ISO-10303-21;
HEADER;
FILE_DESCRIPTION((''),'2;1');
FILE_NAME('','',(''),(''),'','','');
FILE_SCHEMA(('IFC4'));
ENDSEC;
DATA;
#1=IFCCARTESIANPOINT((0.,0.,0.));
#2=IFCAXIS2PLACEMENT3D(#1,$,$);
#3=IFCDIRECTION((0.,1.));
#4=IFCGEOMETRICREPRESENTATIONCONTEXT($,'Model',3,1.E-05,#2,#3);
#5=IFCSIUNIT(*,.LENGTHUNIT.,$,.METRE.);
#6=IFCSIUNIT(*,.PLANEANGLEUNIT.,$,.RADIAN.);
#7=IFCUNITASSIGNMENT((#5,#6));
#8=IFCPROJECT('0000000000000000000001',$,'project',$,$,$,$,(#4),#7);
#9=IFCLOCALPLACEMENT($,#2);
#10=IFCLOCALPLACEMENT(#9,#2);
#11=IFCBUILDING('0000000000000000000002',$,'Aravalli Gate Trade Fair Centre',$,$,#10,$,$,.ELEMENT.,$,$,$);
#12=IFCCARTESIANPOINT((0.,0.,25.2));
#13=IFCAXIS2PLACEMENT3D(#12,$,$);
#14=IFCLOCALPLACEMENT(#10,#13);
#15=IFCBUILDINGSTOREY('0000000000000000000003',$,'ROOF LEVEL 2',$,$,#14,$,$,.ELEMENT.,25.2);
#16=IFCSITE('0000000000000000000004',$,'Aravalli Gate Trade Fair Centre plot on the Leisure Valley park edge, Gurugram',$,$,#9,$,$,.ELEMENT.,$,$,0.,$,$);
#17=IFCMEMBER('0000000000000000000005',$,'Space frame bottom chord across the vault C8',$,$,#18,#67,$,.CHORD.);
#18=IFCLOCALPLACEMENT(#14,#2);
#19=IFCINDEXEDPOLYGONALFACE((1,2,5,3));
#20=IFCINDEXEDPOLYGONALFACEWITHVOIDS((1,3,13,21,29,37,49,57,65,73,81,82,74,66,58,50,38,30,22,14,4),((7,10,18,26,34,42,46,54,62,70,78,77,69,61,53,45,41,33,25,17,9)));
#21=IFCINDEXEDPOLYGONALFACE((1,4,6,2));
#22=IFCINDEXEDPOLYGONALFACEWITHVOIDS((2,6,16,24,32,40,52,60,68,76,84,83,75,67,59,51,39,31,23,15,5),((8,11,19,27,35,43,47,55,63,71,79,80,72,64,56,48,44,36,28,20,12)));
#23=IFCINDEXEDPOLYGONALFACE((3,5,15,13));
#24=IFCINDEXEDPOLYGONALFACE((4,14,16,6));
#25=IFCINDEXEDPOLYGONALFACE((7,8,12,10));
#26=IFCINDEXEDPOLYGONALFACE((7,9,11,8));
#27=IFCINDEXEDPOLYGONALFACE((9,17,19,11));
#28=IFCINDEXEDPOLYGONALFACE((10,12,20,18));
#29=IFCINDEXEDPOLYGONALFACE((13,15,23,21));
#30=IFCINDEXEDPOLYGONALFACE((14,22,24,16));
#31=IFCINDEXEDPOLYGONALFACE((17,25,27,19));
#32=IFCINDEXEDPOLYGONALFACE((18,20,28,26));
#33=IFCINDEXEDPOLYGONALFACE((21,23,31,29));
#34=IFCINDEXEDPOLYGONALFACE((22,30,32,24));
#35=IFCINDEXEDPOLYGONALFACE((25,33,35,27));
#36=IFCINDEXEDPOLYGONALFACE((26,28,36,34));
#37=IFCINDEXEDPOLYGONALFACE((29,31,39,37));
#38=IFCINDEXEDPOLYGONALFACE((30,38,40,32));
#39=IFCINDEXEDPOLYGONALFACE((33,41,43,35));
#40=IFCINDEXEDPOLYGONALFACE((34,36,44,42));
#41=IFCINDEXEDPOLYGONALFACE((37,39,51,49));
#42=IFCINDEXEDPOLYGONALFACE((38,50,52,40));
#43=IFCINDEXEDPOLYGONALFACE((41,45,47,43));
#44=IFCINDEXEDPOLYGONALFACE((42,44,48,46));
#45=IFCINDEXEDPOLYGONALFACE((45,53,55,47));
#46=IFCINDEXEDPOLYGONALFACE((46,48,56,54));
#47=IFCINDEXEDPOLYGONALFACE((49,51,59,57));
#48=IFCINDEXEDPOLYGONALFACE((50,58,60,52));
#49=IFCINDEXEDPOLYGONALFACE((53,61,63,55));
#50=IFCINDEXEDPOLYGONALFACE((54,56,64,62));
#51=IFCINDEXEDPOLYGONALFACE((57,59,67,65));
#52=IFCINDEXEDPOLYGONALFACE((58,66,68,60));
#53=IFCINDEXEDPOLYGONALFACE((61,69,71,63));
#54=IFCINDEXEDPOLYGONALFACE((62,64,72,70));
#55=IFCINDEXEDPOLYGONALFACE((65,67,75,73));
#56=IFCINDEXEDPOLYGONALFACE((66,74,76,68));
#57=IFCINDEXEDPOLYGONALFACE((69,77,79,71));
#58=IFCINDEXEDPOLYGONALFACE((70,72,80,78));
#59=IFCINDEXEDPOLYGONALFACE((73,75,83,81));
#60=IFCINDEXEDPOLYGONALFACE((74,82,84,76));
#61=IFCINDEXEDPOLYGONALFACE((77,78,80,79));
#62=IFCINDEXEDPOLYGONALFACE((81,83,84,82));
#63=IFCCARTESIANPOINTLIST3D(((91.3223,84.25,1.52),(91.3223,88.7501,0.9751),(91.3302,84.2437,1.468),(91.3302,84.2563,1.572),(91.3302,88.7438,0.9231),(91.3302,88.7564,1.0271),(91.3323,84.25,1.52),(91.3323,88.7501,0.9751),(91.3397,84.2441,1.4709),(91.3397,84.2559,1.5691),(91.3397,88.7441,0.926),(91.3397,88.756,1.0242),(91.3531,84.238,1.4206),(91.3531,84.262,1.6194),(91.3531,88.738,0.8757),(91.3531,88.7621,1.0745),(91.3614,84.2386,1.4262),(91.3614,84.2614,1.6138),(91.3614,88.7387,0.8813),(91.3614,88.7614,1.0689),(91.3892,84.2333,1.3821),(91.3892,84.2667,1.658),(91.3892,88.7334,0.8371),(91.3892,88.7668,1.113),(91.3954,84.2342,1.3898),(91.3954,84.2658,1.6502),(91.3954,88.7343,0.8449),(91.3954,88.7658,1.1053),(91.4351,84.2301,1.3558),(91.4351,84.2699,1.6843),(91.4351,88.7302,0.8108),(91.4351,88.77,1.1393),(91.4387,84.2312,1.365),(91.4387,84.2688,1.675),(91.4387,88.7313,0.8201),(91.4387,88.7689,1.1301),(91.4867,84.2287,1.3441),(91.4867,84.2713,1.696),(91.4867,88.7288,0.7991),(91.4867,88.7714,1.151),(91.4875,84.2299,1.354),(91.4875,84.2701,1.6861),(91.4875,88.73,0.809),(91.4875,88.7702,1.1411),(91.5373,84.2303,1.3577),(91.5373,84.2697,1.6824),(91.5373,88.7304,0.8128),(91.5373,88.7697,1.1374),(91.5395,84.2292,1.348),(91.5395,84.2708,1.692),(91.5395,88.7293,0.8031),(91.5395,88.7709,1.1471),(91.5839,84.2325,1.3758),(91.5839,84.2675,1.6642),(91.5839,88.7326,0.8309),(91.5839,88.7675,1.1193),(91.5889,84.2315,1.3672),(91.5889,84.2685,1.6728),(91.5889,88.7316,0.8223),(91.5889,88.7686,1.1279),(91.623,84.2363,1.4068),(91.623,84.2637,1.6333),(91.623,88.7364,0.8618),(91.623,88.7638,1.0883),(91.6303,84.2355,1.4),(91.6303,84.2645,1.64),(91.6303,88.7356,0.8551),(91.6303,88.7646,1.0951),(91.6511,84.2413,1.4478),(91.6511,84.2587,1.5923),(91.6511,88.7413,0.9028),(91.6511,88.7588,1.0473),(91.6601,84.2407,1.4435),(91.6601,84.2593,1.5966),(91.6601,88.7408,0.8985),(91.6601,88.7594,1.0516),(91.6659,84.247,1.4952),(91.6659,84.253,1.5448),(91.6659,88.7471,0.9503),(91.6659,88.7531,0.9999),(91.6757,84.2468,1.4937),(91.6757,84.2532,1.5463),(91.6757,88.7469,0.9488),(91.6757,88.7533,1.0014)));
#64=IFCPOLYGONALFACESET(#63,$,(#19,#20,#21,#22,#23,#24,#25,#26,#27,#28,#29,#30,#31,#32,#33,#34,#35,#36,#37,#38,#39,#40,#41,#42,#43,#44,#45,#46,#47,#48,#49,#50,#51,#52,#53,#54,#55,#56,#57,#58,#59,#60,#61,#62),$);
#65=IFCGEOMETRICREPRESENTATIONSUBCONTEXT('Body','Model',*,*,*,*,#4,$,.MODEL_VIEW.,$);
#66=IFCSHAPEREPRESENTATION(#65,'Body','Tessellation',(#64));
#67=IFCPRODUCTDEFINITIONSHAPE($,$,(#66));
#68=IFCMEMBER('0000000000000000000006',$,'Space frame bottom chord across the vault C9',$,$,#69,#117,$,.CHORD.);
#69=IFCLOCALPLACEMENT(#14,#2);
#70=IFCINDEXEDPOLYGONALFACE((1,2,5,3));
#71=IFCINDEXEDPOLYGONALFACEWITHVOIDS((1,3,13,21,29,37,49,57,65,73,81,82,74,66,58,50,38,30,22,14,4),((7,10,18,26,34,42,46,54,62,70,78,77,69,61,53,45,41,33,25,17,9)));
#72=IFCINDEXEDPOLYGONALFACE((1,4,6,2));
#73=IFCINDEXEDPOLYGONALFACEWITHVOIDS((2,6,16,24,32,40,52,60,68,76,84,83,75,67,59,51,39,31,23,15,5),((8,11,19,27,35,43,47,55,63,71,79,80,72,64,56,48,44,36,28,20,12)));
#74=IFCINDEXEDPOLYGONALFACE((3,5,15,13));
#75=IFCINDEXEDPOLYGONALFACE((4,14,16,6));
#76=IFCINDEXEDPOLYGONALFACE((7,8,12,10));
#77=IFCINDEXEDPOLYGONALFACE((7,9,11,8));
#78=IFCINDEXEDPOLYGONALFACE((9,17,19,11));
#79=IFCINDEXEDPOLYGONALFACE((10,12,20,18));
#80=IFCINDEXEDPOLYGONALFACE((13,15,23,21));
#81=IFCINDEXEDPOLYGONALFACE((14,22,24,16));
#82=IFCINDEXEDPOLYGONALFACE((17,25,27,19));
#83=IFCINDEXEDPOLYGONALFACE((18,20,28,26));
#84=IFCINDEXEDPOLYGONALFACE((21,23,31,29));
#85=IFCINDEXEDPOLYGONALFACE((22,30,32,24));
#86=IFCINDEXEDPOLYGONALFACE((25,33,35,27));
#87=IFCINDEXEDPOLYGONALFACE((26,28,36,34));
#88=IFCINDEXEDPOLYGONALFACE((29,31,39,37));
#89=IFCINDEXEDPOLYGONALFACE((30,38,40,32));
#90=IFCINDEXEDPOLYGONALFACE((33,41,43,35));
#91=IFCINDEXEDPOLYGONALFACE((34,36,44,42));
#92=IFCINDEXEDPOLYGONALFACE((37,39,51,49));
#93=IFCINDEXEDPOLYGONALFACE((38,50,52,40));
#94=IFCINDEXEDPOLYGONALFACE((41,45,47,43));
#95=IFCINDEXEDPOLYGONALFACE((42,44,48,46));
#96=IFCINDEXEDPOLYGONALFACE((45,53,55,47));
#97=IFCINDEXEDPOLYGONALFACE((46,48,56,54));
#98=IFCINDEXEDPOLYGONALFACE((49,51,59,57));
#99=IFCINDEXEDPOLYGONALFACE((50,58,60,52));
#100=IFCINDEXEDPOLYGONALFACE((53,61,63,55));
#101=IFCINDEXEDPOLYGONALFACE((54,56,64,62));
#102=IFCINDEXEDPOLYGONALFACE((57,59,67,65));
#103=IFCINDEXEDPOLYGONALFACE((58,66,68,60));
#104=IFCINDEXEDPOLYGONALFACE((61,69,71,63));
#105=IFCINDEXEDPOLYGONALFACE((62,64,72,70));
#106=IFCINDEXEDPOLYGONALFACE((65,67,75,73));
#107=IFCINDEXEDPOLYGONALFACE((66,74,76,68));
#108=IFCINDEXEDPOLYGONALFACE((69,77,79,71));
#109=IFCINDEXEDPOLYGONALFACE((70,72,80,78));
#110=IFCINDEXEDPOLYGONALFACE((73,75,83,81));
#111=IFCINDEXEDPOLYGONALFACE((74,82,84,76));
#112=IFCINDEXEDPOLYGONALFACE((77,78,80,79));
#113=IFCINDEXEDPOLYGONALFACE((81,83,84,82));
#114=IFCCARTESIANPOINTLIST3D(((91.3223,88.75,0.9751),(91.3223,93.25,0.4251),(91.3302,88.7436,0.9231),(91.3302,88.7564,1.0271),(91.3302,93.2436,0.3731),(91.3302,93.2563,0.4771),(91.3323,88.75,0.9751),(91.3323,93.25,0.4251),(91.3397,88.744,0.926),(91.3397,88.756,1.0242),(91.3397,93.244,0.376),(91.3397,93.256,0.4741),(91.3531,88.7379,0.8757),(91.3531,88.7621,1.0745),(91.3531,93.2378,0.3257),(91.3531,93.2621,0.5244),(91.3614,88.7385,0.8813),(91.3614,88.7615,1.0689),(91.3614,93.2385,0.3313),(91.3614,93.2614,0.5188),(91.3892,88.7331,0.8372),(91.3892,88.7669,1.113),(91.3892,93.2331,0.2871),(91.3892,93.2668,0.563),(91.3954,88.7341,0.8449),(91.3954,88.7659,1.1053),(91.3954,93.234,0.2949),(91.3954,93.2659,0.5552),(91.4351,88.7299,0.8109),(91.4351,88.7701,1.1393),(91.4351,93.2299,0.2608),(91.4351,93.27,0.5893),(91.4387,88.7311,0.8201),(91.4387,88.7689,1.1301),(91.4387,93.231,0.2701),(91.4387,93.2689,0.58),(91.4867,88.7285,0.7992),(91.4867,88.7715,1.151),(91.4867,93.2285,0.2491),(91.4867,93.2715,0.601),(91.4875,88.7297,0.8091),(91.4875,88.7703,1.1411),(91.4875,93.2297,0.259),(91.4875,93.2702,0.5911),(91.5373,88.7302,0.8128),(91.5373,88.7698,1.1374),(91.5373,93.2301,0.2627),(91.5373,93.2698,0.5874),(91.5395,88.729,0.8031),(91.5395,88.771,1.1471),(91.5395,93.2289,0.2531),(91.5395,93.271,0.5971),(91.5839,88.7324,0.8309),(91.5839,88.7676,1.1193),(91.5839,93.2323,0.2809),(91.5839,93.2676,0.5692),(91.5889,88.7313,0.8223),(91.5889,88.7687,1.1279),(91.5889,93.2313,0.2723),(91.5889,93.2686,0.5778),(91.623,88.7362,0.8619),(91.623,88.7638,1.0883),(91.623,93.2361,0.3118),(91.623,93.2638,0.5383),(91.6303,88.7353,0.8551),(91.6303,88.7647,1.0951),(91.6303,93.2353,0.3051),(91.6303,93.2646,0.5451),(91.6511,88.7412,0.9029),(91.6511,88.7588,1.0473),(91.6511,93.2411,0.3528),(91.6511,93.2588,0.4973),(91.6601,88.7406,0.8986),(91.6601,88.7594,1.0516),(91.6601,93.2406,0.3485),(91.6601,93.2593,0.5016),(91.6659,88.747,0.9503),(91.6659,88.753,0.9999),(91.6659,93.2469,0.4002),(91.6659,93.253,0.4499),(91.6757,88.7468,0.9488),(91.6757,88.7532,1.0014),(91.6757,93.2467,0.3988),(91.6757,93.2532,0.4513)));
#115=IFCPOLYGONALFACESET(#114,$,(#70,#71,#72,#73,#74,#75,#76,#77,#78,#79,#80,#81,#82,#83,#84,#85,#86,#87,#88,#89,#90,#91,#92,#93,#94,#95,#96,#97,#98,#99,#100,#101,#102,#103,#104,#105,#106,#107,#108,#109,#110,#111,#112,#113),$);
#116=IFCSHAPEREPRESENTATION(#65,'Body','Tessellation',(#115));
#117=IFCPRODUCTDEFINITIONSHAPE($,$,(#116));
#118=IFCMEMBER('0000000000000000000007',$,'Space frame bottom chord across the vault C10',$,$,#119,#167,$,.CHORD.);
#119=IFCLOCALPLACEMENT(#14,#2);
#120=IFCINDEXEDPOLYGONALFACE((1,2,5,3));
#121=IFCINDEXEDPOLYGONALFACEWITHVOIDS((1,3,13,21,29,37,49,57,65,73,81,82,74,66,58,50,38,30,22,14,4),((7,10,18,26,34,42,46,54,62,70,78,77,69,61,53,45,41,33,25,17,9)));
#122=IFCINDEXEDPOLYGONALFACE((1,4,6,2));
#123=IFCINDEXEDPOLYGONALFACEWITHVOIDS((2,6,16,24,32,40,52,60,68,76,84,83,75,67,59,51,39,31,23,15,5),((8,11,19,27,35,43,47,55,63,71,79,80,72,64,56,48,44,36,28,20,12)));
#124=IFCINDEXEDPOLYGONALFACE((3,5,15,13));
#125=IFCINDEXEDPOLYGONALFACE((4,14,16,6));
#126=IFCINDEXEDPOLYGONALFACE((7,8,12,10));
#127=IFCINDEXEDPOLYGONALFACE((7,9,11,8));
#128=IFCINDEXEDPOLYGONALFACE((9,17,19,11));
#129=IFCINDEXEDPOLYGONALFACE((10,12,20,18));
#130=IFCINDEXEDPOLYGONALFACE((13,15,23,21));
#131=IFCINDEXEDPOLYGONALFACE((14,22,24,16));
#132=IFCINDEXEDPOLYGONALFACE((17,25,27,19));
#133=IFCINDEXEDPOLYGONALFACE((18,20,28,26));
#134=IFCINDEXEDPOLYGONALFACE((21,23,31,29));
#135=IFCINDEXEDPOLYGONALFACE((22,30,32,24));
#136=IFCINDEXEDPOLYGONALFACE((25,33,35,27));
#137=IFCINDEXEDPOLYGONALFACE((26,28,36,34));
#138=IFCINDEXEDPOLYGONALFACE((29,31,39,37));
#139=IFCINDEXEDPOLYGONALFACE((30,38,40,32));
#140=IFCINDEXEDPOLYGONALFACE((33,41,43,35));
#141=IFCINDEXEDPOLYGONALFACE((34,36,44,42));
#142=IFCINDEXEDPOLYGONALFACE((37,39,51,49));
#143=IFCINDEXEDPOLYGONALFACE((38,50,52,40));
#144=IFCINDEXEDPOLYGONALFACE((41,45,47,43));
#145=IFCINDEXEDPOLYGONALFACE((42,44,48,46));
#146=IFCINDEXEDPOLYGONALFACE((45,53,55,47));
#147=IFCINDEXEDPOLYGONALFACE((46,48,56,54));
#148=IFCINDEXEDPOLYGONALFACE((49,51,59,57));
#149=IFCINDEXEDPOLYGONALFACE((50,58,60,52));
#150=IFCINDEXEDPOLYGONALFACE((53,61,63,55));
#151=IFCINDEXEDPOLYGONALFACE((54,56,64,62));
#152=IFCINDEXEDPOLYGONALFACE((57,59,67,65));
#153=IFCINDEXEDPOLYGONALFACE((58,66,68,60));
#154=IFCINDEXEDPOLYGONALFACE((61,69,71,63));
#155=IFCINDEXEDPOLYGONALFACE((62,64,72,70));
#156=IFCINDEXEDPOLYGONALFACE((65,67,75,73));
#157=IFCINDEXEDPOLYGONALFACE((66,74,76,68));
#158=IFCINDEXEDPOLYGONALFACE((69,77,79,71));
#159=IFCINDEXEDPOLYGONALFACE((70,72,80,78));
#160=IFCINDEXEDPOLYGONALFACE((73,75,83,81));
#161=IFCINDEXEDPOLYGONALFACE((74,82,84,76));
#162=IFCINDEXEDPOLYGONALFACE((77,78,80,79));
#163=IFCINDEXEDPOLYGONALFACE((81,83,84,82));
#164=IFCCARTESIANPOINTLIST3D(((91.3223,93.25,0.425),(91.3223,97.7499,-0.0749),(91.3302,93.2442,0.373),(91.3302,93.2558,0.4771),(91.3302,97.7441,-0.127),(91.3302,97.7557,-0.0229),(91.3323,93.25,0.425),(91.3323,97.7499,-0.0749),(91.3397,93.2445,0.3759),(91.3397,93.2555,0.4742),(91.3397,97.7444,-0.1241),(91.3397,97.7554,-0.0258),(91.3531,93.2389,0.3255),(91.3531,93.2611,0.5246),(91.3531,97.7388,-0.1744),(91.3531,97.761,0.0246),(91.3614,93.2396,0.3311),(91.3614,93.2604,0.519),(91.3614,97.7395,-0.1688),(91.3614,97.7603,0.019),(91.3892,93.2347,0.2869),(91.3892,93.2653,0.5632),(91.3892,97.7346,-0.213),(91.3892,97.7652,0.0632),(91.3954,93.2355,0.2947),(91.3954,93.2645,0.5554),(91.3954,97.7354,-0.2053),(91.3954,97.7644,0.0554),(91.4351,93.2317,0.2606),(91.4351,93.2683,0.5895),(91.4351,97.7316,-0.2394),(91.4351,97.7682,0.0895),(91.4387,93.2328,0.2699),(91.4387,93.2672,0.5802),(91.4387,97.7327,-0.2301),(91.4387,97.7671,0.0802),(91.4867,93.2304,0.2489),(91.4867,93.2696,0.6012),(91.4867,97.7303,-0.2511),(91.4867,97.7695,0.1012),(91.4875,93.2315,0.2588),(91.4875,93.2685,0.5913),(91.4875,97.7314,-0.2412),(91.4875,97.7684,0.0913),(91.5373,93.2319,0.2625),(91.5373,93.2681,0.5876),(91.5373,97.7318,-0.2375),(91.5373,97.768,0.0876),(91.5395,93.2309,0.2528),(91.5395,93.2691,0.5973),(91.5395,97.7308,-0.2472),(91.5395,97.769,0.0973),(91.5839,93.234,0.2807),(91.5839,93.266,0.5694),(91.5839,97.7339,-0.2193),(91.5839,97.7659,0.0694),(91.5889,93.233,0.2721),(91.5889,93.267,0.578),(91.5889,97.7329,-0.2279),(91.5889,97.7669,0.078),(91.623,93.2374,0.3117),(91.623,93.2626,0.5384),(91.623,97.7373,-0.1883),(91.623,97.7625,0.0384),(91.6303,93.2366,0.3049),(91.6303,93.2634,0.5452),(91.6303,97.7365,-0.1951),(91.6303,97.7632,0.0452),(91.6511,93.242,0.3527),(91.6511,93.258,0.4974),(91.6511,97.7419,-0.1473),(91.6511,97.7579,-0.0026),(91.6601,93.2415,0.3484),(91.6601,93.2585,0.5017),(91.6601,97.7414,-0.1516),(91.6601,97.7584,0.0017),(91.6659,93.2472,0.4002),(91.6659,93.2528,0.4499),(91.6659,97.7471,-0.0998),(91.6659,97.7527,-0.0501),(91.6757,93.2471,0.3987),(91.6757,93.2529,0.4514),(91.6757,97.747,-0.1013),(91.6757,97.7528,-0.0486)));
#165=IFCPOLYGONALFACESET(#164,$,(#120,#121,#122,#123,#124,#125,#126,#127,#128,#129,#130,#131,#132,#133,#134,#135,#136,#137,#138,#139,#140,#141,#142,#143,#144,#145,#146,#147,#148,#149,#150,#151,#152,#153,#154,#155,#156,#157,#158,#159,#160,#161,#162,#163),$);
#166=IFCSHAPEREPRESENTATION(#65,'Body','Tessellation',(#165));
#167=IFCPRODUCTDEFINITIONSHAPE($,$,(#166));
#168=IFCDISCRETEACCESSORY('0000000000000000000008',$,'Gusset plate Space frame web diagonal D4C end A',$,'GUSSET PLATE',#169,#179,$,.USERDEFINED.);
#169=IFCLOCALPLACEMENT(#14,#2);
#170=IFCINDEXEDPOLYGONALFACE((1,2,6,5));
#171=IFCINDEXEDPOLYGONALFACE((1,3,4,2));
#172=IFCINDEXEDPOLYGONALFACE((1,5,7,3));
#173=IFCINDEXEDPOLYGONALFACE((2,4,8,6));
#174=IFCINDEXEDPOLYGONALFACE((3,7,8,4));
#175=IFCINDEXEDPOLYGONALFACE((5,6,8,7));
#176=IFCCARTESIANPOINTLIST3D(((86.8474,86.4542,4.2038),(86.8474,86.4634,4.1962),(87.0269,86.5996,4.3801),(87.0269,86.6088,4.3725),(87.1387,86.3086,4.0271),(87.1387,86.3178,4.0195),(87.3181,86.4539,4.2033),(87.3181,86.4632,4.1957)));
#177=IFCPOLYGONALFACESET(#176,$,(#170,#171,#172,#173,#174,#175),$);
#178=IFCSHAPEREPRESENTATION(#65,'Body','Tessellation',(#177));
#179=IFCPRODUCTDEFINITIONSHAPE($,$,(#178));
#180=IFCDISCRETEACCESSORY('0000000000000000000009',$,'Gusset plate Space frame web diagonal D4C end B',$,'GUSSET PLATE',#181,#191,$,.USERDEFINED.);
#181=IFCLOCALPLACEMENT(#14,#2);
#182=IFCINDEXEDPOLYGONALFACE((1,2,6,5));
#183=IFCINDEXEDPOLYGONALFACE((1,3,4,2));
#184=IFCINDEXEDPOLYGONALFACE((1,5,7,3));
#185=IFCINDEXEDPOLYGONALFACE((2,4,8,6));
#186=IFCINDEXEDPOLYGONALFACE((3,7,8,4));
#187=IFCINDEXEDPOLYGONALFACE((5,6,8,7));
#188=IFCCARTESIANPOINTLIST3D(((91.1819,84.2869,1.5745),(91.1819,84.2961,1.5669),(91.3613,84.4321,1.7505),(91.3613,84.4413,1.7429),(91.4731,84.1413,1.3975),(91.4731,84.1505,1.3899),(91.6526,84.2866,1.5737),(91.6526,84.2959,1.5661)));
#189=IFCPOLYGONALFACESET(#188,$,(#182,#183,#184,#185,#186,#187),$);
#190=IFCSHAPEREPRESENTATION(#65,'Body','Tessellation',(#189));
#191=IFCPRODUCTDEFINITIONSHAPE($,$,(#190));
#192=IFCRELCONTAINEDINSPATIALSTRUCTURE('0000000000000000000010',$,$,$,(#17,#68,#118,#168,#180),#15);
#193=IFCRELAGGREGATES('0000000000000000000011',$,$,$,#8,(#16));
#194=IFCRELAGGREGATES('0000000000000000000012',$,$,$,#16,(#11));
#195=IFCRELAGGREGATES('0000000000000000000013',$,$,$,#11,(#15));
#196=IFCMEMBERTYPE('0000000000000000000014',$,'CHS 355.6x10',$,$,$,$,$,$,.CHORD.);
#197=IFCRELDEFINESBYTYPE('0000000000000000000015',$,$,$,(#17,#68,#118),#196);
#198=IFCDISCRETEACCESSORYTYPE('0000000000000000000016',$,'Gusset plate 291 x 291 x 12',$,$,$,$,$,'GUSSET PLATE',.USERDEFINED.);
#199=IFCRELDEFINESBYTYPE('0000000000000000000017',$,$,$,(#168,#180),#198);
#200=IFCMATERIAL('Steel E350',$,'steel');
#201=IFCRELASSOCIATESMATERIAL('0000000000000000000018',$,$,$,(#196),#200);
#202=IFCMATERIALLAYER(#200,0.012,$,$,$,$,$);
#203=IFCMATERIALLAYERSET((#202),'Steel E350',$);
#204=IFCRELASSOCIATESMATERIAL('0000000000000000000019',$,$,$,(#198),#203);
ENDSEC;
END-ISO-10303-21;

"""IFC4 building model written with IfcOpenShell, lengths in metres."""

from ifc_helpers import new_model, si_unit, direction, frame, origin, origin_2d, place, context, subcontext, project, spatial, polyline, hollow_circle, outline, extrude, material, layer, layer_set, material_profile, profile_set, type_object, element, save


model = new_model("IFC4")

# Units and contexts
model_context = context("Model", 3, precision=1e-05, world=origin(), true_north=direction((0.0, 1.0)))
body_context = subcontext(model_context, "Body", "Model", "MODEL_VIEW")
ifc_project = project(units=[si_unit("LENGTHUNIT", "METRE"), si_unit("PLANEANGLEUNIT", "RADIAN")], contexts=[model_context])

# Site, building, storey
site_placement = place(None, origin())
site = spatial("IfcSite", under=ifc_project, at=site_placement, Name="Aravalli Gate Trade Fair Centre plot on the Leisure Valley park edge, Gurugram", CompositionType="ELEMENT", RefElevation=0.0)
building_placement = place(site_placement, origin())
building = spatial("IfcBuilding", under=site, at=building_placement, Name="Aravalli Gate Trade Fair Centre", CompositionType="ELEMENT")
storey_placement = place(building_placement, frame((0.0, 0.0, 25.2)))
storey = spatial("IfcBuildingStorey", under=building, at=storey_placement, Name="ROOF LEVEL 2", CompositionType="ELEMENT", Elevation=25.2)

# Members
ifc_material = material(Name="Steel E350", Category="steel")
ifc_material_profile_1 = material_profile(ifc_material, hollow_circle(Radius=0.1777, WallThickness=0.01, at=origin_2d()), Name="CHS 355.6x10")
ifc_profile_set_1 = profile_set([ifc_material_profile_1], Name="Steel E350")
member_type_1 = type_object("IfcMemberType", Name="CHS 355.6x10", PredefinedType="CHORD", material=ifc_profile_set_1)
member_1_placement = place(storey_placement, frame((91.5, 84.25, 1.52), z_axis=(0.0, 0.992748, -0.120216), x_axis=(-1.0, 0.0, 0.0)))
element("IfcMember", 1, at=member_1_placement, inside=storey, type_object=member_type_1, Name="Space frame bottom chord across the vault C8", PredefinedType="CHORD", context=body_context, shape_type="SweptSolid", body=[
    extrude(hollow_circle(Radius=0.1777, WallThickness=0.01, at=origin_2d()), origin(), (0.0, 0.0, 1.0), 4.533),
])
member_2_placement = place(storey_placement, frame((91.5, 88.75, 0.9751), z_axis=(0.0, 0.992612, -0.12133), x_axis=(-1.0, 0.0, 0.0)))
element("IfcMember", 2, at=member_2_placement, inside=storey, type_object=member_type_1, Name="Space frame bottom chord across the vault C9", PredefinedType="CHORD", context=body_context, shape_type="SweptSolid", body=[
    extrude(hollow_circle(Radius=0.1777, WallThickness=0.01, at=origin_2d()), origin(), (0.0, 0.0, 1.0), 4.5334),
])
member_3_placement = place(storey_placement, frame((91.5, 93.25, 0.425), z_axis=(0.0, 0.993884, -0.110432), x_axis=(-1.0, 0.0, 0.0)))
element("IfcMember", 3, at=member_3_placement, inside=storey, type_object=member_type_1, Name="Space frame bottom chord across the vault C10", PredefinedType="CHORD", context=body_context, shape_type="SweptSolid", body=[
    extrude(hollow_circle(Radius=0.1777, WallThickness=0.01, at=origin_2d()), origin(), (0.0, 0.0, 1.0), 4.5276),
])

# Discrete accessories
ifc_layer = layer(ifc_material, 0.012)
ifc_layer_set = layer_set([ifc_layer], Name="Steel E350")
discrete_accessory_type = type_object("IfcDiscreteAccessoryType", Name="Gusset plate 291 x 291 x 12", ElementType="GUSSET PLATE", PredefinedType="USERDEFINED", material=ifc_layer_set)
discrete_accessory_1_placement = place(storey_placement, frame((87.1387, 86.3086, 4.0271), z_axis=(0.00026, -0.771582, 0.63613), x_axis=(-0.78619, 0.392962, 0.476956)))
element("IfcDiscreteAccessory", 4, at=discrete_accessory_1_placement, inside=storey, type_object=discrete_accessory_type, Name="Gusset plate Space frame web diagonal D4C end A", ObjectType="GUSSET PLATE", PredefinedType="USERDEFINED", context=body_context, shape_type="SweptSolid", body=[
    extrude(outline(polyline([(0.0, 0.0), (0.3705, 0.0), (0.3706, -0.2906), (0.0001, -0.2905), (0.0, 0.0)])), origin(), (0.0, 0.0, -1.0), 0.012),
])
discrete_accessory_2_placement = place(storey_placement, frame((91.1819, 84.2869, 1.5745), z_axis=(0.000589, -0.771792, 0.635874), x_axis=(0.785943, -0.392803, -0.477493)))
element("IfcDiscreteAccessory", 5, at=discrete_accessory_2_placement, inside=storey, type_object=discrete_accessory_type, Name="Gusset plate Space frame web diagonal D4C end B", ObjectType="GUSSET PLATE", PredefinedType="USERDEFINED", context=body_context, shape_type="SweptSolid", body=[
    extrude(outline(polyline([(0.0, 0.0), (0.3706, 0.0), (0.3704, 0.2905), (-0.0001, 0.2903), (0.0, 0.0)])), origin(), (0.0, 0.0, -1.0), 0.012),
])

save(model, "model.ifc")
